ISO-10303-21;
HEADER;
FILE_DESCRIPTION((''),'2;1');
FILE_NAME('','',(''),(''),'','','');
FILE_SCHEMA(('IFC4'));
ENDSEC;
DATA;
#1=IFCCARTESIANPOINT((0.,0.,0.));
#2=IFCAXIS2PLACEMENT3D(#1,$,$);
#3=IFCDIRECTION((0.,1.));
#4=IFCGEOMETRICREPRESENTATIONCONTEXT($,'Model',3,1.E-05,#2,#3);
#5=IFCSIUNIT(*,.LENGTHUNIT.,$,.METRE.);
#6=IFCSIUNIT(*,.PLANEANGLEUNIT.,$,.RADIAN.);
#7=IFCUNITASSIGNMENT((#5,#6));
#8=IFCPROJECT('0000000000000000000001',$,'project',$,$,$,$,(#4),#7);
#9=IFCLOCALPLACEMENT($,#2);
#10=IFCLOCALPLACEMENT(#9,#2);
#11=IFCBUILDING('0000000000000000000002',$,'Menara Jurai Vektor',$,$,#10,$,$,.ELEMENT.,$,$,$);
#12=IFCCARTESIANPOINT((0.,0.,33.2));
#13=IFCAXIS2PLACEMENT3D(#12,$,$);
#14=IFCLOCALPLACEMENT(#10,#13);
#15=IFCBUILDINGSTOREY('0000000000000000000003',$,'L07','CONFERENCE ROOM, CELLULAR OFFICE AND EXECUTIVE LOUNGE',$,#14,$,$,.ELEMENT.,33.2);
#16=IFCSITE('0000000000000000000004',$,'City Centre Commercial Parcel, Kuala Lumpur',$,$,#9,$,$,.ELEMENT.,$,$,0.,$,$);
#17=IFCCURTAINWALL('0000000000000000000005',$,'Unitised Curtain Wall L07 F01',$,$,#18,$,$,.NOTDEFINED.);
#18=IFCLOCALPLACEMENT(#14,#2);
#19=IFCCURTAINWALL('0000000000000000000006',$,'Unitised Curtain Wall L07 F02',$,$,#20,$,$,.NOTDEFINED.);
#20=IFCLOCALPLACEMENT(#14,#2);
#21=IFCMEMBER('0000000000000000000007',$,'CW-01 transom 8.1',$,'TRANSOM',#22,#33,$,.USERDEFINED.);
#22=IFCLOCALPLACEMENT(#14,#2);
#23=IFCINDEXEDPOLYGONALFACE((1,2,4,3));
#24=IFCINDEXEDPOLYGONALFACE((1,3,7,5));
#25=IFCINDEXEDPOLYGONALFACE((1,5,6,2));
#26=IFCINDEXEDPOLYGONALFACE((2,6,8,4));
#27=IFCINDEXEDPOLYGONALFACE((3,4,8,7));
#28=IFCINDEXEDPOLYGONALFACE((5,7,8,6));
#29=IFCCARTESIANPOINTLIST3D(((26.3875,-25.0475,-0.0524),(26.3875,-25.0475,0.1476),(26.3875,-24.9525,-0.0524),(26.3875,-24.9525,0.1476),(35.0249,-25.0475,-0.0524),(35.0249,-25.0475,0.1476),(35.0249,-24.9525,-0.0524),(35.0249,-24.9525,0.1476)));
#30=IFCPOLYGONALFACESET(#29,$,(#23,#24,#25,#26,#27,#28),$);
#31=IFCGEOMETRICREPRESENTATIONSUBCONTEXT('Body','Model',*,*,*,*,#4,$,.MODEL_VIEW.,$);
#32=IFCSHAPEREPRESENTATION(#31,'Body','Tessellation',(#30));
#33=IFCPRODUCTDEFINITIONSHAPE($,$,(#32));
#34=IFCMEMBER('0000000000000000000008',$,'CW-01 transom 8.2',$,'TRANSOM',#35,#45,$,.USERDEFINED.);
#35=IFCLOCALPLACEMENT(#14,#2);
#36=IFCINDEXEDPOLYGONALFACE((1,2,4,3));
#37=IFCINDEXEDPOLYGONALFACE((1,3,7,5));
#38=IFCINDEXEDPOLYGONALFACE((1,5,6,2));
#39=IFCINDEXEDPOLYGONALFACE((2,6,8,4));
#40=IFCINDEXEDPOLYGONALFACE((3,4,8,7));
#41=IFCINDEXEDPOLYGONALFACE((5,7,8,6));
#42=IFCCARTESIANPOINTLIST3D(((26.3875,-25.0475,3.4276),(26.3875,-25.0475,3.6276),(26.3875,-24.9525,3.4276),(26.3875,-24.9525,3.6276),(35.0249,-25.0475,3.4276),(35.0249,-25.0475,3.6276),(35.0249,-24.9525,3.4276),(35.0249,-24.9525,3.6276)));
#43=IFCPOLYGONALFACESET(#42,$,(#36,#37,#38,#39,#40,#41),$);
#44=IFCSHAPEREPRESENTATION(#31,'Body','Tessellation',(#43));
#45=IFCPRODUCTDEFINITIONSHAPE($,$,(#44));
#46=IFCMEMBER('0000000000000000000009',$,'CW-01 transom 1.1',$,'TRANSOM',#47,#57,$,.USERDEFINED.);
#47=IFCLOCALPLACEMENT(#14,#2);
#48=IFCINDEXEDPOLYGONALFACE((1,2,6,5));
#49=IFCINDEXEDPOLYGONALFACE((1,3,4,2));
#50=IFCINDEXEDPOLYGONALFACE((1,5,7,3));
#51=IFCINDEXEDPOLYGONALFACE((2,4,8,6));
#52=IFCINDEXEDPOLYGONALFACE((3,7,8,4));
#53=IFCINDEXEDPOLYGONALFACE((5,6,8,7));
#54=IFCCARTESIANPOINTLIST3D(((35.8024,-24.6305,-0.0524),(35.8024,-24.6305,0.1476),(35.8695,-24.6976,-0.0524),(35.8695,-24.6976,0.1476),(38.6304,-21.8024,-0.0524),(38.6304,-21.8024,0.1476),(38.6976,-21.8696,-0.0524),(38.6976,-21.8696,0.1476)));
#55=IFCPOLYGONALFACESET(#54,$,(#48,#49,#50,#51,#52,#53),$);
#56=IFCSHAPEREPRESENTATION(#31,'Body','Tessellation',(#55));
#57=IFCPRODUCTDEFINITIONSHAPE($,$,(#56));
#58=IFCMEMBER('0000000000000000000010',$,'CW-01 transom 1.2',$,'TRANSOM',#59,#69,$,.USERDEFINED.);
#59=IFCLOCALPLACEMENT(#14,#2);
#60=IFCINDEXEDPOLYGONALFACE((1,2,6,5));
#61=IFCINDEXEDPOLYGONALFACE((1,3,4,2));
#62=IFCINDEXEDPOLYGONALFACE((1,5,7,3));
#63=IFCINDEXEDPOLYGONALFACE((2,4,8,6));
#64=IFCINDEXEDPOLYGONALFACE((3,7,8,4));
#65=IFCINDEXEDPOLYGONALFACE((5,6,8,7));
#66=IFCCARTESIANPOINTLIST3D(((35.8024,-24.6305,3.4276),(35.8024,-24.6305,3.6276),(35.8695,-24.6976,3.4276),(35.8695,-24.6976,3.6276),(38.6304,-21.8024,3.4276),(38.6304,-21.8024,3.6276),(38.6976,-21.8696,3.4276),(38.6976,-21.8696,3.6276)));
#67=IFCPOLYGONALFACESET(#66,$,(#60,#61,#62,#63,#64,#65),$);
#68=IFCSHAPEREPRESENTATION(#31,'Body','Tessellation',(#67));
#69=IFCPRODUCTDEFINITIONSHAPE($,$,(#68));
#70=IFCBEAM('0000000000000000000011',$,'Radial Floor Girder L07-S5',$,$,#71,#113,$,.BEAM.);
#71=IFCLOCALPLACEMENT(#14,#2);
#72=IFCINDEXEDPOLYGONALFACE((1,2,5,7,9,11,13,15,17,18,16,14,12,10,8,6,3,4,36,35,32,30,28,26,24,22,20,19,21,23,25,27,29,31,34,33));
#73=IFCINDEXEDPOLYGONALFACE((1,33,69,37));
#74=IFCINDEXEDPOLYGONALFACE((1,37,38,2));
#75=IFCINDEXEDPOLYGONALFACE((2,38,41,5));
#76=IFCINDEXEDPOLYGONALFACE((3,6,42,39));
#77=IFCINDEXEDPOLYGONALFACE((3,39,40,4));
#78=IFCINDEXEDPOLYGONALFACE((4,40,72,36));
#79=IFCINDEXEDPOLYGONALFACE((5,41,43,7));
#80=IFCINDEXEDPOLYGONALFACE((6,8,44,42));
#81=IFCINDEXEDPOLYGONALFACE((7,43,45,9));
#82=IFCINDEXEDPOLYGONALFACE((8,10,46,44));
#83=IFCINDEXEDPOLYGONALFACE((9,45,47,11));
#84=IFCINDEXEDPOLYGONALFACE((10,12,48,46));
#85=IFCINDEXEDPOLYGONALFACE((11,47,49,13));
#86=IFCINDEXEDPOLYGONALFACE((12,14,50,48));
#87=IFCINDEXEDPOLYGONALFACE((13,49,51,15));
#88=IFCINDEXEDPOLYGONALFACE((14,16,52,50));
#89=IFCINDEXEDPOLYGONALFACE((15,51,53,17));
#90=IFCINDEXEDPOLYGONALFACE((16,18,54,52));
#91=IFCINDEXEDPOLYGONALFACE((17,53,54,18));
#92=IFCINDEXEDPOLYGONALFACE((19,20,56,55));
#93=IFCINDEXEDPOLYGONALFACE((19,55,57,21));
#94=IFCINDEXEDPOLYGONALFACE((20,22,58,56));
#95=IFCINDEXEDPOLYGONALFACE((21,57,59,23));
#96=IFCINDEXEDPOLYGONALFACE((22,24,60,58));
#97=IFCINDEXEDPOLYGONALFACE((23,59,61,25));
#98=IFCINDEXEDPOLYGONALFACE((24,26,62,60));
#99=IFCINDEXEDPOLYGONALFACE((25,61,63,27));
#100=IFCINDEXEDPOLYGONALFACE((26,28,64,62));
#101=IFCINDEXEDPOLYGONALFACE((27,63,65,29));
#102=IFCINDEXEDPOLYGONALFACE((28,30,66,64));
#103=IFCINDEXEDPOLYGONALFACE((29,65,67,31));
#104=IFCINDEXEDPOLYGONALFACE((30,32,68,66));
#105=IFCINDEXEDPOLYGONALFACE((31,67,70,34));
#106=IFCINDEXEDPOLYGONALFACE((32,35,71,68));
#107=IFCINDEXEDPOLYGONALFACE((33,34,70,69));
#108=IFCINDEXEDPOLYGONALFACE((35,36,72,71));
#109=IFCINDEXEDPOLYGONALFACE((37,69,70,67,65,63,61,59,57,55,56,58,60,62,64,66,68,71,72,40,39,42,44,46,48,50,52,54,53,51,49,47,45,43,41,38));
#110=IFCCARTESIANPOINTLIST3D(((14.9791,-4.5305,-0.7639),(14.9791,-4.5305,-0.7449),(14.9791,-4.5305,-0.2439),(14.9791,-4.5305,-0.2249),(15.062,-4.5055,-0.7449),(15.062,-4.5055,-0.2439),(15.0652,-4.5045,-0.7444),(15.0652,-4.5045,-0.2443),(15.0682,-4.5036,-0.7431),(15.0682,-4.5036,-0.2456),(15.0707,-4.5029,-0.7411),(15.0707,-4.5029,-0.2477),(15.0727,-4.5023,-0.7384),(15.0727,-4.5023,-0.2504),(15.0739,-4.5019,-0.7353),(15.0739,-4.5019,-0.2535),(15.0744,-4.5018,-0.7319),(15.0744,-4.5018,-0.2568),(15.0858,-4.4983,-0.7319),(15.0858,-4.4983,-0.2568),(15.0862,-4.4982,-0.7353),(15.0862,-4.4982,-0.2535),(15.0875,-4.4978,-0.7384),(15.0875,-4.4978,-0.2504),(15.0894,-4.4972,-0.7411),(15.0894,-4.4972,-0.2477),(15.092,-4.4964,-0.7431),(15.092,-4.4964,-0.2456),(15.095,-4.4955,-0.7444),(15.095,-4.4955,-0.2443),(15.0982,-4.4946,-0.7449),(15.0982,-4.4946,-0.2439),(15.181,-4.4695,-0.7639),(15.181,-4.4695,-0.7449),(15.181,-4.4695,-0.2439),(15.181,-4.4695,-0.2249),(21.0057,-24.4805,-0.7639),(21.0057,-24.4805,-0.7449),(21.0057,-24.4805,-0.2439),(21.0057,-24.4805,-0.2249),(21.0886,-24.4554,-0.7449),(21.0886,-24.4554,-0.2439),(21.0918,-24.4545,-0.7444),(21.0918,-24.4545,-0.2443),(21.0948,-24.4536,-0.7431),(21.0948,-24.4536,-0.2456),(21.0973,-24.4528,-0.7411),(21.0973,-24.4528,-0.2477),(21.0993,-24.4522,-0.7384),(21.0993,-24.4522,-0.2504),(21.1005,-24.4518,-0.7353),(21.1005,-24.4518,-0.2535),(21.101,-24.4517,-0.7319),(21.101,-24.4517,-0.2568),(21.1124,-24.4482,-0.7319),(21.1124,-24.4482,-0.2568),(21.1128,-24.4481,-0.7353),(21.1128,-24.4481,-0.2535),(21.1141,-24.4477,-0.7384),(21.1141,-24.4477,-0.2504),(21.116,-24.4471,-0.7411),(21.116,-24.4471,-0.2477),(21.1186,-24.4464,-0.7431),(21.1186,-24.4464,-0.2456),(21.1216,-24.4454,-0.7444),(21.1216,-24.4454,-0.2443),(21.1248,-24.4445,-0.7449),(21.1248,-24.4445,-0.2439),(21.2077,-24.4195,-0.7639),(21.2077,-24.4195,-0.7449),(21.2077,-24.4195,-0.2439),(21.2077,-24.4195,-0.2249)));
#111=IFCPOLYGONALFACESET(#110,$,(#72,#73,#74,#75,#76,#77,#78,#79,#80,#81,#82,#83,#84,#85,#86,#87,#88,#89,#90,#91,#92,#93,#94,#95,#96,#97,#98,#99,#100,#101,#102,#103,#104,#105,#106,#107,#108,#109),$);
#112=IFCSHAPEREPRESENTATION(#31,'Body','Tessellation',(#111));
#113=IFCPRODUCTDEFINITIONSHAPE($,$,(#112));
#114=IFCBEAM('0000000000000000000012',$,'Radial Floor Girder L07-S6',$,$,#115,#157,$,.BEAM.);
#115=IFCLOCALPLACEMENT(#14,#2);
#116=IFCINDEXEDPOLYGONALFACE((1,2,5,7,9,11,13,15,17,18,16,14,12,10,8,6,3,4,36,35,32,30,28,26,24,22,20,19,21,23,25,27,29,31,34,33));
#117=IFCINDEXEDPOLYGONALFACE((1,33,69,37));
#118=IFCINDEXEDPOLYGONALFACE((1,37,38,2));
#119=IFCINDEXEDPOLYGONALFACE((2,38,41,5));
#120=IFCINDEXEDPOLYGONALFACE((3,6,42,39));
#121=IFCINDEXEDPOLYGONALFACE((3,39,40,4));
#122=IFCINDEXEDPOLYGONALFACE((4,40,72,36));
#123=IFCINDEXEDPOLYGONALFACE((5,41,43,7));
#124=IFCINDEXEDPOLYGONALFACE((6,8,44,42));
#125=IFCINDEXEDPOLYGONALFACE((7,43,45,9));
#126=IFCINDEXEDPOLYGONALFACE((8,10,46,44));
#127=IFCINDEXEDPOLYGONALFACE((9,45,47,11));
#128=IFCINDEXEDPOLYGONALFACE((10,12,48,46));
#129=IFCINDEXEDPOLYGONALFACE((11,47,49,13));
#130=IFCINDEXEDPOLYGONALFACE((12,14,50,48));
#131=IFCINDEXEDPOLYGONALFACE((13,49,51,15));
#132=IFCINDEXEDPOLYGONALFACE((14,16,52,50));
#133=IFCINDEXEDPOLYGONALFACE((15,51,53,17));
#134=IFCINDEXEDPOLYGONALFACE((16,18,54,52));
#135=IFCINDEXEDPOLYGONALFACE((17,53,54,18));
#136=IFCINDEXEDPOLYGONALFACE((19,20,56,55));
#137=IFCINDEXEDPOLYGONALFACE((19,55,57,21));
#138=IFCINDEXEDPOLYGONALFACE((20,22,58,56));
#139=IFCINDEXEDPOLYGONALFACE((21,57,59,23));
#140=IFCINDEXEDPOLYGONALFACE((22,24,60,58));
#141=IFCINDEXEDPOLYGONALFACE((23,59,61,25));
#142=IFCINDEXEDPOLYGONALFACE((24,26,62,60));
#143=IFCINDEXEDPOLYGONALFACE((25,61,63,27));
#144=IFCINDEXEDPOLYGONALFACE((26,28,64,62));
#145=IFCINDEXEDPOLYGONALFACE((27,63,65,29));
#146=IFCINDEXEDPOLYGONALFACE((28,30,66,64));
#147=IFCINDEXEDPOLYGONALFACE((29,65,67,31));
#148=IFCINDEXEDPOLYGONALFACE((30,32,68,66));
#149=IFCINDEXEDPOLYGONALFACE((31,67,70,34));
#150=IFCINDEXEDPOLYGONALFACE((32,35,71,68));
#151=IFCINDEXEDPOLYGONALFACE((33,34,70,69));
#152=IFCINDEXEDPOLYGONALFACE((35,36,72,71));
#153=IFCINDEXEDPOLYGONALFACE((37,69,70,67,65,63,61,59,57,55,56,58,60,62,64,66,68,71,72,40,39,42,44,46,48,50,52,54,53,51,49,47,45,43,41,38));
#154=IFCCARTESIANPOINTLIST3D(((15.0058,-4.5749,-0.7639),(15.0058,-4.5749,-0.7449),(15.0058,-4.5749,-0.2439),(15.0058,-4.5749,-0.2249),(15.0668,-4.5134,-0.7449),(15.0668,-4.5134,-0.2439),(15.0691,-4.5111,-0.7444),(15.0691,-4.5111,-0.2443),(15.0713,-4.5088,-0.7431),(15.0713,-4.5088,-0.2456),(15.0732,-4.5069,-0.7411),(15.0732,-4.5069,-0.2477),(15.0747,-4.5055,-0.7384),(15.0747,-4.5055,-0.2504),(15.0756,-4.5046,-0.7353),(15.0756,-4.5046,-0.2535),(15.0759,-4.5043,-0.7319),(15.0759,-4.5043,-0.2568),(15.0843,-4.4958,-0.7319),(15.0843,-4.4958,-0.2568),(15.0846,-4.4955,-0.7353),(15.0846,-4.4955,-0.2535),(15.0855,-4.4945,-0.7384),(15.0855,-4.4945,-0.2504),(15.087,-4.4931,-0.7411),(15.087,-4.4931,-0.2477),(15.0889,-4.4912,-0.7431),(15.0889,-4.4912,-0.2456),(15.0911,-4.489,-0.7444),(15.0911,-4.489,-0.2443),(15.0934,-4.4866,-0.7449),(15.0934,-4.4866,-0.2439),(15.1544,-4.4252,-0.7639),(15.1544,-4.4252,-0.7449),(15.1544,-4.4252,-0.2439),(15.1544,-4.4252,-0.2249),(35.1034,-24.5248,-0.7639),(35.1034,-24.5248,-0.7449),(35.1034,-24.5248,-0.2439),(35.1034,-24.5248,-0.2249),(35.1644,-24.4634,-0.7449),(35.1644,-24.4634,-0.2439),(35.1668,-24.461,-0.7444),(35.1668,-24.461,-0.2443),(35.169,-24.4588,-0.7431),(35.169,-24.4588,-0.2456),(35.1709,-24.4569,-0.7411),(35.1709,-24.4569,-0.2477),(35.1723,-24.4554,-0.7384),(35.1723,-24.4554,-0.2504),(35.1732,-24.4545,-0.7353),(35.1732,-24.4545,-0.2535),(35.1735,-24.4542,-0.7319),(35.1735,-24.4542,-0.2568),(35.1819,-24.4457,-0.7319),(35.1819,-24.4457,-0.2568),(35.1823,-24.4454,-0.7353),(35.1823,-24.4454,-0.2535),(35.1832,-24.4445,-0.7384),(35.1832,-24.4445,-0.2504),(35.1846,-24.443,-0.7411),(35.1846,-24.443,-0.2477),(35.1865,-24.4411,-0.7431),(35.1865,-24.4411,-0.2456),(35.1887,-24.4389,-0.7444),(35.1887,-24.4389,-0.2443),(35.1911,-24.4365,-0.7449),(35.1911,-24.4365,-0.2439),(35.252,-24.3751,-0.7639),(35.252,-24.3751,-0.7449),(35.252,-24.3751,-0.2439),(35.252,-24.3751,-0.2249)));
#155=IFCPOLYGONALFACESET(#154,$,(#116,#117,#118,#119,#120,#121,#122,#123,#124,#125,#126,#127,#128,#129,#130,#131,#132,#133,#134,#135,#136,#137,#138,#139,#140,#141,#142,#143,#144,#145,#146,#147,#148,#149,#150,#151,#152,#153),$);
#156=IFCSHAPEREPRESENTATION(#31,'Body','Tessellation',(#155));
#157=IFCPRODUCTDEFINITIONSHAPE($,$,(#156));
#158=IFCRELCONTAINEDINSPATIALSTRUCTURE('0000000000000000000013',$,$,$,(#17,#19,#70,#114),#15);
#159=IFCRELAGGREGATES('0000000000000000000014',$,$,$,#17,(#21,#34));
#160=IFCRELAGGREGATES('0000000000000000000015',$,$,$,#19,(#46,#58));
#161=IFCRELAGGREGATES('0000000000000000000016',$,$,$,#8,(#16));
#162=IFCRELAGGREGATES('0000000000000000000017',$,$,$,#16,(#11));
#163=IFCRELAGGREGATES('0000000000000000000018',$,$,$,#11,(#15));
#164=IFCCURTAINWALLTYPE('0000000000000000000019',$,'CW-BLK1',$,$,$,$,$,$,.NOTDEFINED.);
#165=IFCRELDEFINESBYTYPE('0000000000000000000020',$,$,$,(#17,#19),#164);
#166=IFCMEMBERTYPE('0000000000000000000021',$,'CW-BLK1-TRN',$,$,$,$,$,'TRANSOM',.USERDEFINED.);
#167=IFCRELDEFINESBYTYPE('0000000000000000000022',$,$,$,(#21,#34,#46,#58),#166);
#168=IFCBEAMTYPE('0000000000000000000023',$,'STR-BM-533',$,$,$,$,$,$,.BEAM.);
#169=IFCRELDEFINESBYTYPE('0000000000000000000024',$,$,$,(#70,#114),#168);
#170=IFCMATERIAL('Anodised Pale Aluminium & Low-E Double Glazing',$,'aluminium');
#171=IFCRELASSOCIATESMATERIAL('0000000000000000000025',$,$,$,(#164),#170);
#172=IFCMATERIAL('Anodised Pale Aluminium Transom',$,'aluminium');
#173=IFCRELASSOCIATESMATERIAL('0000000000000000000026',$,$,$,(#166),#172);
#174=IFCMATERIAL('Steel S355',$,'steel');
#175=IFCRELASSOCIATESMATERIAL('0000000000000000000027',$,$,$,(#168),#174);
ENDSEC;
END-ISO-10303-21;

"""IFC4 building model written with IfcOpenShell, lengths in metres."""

from ifc_helpers import new_model, si_unit, direction, frame, origin, origin_2d, place, context, subcontext, project, spatial, rectangle, i_section, extrude, material, material_profile, profile_set, type_object, element, aggregate, save


model = new_model("IFC4")

# Units and contexts
model_context = context("Model", 3, precision=1e-05, world=origin(), true_north=direction((0.0, 1.0)))
body_context = subcontext(model_context, "Body", "Model", "MODEL_VIEW")
ifc_project = project(units=[si_unit("LENGTHUNIT", "METRE"), si_unit("PLANEANGLEUNIT", "RADIAN")], contexts=[model_context])

# Site, building, storey
site_placement = place(None, origin())
site = spatial("IfcSite", under=ifc_project, at=site_placement, Name="City Centre Commercial Parcel, Kuala Lumpur", CompositionType="ELEMENT", RefElevation=0.0)
building_placement = place(site_placement, origin())
building = spatial("IfcBuilding", under=site, at=building_placement, Name="Menara Jurai Vektor", CompositionType="ELEMENT")
storey_placement = place(building_placement, frame((0.0, 0.0, 33.2)))
storey = spatial("IfcBuildingStorey", under=building, at=storey_placement, Name="L07", Description="CONFERENCE ROOM, CELLULAR OFFICE AND EXECUTIVE LOUNGE", CompositionType="ELEMENT", Elevation=33.2)

# Curtain walls
ifc_material_1 = material(Name="Anodised Pale Aluminium & Low-E Double Glazing", Category="aluminium")
curtain_wall_type = type_object("IfcCurtainWallType", Name="CW-BLK1", PredefinedType="NOTDEFINED", material=ifc_material_1)
curtain_wall_1_placement = place(storey_placement, origin())
curtain_wall_1 = element("IfcCurtainWall", 1, at=curtain_wall_1_placement, inside=storey, type_object=curtain_wall_type, Name="Unitised Curtain Wall L07 F01", PredefinedType="NOTDEFINED")
curtain_wall_2_placement = place(storey_placement, origin())
curtain_wall_2 = element("IfcCurtainWall", 2, at=curtain_wall_2_placement, inside=storey, type_object=curtain_wall_type, Name="Unitised Curtain Wall L07 F02", PredefinedType="NOTDEFINED")

# Members
ifc_material_2 = material(Name="Anodised Pale Aluminium Transom", Category="aluminium")
ifc_material_profile_1 = material_profile(ifc_material_2, rectangle(XDim=0.095, YDim=0.2, at=origin_2d()), Name="ALU TRN 95x200")
ifc_profile_set_1 = profile_set([ifc_material_profile_1], Name="Anodised Pale Aluminium Transom")
member_type_1 = type_object("IfcMemberType", Name="CW-BLK1-TRN", ElementType="TRANSOM", PredefinedType="USERDEFINED", material=ifc_profile_set_1)
member_1_placement = place(storey_placement, frame((26.3875, -25.0, 0.0476), z_axis=(1.0, 0.0, 0.0), x_axis=(0.0, 1.0, 0.0)))
member_1 = element("IfcMember", 3, at=member_1_placement, type_object=member_type_1, Name="CW-01 transom 8.1", ObjectType="TRANSOM", PredefinedType="USERDEFINED", context=body_context, shape_type="SweptSolid", body=[
    extrude(rectangle(XDim=0.095, YDim=0.2, at=origin_2d()), origin(), (0.0, 0.0, 1.0), 8.6375),
])
member_2_placement = place(storey_placement, frame((26.3875, -25.0, 3.5276), z_axis=(1.0, 0.0, 0.0), x_axis=(0.0, 1.0, 0.0)))
member_2 = element("IfcMember", 4, at=member_2_placement, type_object=member_type_1, Name="CW-01 transom 8.2", ObjectType="TRANSOM", PredefinedType="USERDEFINED", context=body_context, shape_type="SweptSolid", body=[
    extrude(rectangle(XDim=0.095, YDim=0.2, at=origin_2d()), origin(), (0.0, 0.0, 1.0), 8.6375),
])
member_3_placement = place(storey_placement, frame((35.8359, -24.6641, 0.0476), z_axis=(0.707107, 0.707107, 0.0), x_axis=(-0.707107, 0.707107, 0.0)))
member_3 = element("IfcMember", 5, at=member_3_placement, type_object=member_type_1, Name="CW-01 transom 1.1", ObjectType="TRANSOM", PredefinedType="USERDEFINED", context=body_context, shape_type="SweptSolid", body=[
    extrude(rectangle(XDim=0.095, YDim=0.2, at=origin_2d()), origin(), (0.0, 0.0, 1.0), 3.9995),
])
member_4_placement = place(storey_placement, frame((35.8359, -24.6641, 3.5276), z_axis=(0.707107, 0.707107, 0.0), x_axis=(-0.707107, 0.707107, 0.0)))
member_4 = element("IfcMember", 6, at=member_4_placement, type_object=member_type_1, Name="CW-01 transom 1.2", ObjectType="TRANSOM", PredefinedType="USERDEFINED", context=body_context, shape_type="SweptSolid", body=[
    extrude(rectangle(XDim=0.095, YDim=0.2, at=origin_2d()), origin(), (0.0, 0.0, 1.0), 3.9995),
])

# Beams
ifc_material_3 = material(Name="Steel S355", Category="steel")
ifc_material_profile_2 = material_profile(ifc_material_3, i_section(OverallWidth=0.2109, OverallDepth=0.5391, WebThickness=0.012, FlangeThickness=0.019, FilletRadius=0.0129, at=origin_2d()), Name="UKB 533x210x109")
ifc_profile_set_2 = profile_set([ifc_material_profile_2], Name="Steel S355")
beam_type_1 = type_object("IfcBeamType", Name="STR-BM-533", PredefinedType="BEAM", material=ifc_profile_set_2)
beam_1_placement = place(storey_placement, frame((21.1067, -24.45, -0.4944), z_axis=(-0.28918, 0.957275, 0.0), x_axis=(-0.957275, -0.28918, 0.0)))
element("IfcBeam", 7, at=beam_1_placement, inside=storey, type_object=beam_type_1, Name="Radial Floor Girder L07-S5", PredefinedType="BEAM", context=body_context, shape_type="SweptSolid", body=[
    extrude(i_section(OverallWidth=0.2109, OverallDepth=0.5391, WebThickness=0.012, FlangeThickness=0.019, FilletRadius=0.0129, at=origin_2d()), origin(), (0.0, 0.0, 1.0), 20.8403),
])
beam_2_placement = place(storey_placement, frame((35.1777, -24.45, -0.4944), z_axis=(-0.70971, 0.704494, 0.0), x_axis=(-0.704494, -0.70971, 0.0)))
element("IfcBeam", 8, at=beam_2_placement, inside=storey, type_object=beam_type_1, Name="Radial Floor Girder L07-S6", PredefinedType="BEAM", context=body_context, shape_type="SweptSolid", body=[
    extrude(i_section(OverallWidth=0.2109, OverallDepth=0.5391, WebThickness=0.012, FlangeThickness=0.019, FilletRadius=0.0129, at=origin_2d()), origin(), (0.0, 0.0, 1.0), 28.3181),
])

aggregate(curtain_wall_1, [member_1, member_2])
aggregate(curtain_wall_2, [member_3, member_4])

save(model, "model.ifc")
